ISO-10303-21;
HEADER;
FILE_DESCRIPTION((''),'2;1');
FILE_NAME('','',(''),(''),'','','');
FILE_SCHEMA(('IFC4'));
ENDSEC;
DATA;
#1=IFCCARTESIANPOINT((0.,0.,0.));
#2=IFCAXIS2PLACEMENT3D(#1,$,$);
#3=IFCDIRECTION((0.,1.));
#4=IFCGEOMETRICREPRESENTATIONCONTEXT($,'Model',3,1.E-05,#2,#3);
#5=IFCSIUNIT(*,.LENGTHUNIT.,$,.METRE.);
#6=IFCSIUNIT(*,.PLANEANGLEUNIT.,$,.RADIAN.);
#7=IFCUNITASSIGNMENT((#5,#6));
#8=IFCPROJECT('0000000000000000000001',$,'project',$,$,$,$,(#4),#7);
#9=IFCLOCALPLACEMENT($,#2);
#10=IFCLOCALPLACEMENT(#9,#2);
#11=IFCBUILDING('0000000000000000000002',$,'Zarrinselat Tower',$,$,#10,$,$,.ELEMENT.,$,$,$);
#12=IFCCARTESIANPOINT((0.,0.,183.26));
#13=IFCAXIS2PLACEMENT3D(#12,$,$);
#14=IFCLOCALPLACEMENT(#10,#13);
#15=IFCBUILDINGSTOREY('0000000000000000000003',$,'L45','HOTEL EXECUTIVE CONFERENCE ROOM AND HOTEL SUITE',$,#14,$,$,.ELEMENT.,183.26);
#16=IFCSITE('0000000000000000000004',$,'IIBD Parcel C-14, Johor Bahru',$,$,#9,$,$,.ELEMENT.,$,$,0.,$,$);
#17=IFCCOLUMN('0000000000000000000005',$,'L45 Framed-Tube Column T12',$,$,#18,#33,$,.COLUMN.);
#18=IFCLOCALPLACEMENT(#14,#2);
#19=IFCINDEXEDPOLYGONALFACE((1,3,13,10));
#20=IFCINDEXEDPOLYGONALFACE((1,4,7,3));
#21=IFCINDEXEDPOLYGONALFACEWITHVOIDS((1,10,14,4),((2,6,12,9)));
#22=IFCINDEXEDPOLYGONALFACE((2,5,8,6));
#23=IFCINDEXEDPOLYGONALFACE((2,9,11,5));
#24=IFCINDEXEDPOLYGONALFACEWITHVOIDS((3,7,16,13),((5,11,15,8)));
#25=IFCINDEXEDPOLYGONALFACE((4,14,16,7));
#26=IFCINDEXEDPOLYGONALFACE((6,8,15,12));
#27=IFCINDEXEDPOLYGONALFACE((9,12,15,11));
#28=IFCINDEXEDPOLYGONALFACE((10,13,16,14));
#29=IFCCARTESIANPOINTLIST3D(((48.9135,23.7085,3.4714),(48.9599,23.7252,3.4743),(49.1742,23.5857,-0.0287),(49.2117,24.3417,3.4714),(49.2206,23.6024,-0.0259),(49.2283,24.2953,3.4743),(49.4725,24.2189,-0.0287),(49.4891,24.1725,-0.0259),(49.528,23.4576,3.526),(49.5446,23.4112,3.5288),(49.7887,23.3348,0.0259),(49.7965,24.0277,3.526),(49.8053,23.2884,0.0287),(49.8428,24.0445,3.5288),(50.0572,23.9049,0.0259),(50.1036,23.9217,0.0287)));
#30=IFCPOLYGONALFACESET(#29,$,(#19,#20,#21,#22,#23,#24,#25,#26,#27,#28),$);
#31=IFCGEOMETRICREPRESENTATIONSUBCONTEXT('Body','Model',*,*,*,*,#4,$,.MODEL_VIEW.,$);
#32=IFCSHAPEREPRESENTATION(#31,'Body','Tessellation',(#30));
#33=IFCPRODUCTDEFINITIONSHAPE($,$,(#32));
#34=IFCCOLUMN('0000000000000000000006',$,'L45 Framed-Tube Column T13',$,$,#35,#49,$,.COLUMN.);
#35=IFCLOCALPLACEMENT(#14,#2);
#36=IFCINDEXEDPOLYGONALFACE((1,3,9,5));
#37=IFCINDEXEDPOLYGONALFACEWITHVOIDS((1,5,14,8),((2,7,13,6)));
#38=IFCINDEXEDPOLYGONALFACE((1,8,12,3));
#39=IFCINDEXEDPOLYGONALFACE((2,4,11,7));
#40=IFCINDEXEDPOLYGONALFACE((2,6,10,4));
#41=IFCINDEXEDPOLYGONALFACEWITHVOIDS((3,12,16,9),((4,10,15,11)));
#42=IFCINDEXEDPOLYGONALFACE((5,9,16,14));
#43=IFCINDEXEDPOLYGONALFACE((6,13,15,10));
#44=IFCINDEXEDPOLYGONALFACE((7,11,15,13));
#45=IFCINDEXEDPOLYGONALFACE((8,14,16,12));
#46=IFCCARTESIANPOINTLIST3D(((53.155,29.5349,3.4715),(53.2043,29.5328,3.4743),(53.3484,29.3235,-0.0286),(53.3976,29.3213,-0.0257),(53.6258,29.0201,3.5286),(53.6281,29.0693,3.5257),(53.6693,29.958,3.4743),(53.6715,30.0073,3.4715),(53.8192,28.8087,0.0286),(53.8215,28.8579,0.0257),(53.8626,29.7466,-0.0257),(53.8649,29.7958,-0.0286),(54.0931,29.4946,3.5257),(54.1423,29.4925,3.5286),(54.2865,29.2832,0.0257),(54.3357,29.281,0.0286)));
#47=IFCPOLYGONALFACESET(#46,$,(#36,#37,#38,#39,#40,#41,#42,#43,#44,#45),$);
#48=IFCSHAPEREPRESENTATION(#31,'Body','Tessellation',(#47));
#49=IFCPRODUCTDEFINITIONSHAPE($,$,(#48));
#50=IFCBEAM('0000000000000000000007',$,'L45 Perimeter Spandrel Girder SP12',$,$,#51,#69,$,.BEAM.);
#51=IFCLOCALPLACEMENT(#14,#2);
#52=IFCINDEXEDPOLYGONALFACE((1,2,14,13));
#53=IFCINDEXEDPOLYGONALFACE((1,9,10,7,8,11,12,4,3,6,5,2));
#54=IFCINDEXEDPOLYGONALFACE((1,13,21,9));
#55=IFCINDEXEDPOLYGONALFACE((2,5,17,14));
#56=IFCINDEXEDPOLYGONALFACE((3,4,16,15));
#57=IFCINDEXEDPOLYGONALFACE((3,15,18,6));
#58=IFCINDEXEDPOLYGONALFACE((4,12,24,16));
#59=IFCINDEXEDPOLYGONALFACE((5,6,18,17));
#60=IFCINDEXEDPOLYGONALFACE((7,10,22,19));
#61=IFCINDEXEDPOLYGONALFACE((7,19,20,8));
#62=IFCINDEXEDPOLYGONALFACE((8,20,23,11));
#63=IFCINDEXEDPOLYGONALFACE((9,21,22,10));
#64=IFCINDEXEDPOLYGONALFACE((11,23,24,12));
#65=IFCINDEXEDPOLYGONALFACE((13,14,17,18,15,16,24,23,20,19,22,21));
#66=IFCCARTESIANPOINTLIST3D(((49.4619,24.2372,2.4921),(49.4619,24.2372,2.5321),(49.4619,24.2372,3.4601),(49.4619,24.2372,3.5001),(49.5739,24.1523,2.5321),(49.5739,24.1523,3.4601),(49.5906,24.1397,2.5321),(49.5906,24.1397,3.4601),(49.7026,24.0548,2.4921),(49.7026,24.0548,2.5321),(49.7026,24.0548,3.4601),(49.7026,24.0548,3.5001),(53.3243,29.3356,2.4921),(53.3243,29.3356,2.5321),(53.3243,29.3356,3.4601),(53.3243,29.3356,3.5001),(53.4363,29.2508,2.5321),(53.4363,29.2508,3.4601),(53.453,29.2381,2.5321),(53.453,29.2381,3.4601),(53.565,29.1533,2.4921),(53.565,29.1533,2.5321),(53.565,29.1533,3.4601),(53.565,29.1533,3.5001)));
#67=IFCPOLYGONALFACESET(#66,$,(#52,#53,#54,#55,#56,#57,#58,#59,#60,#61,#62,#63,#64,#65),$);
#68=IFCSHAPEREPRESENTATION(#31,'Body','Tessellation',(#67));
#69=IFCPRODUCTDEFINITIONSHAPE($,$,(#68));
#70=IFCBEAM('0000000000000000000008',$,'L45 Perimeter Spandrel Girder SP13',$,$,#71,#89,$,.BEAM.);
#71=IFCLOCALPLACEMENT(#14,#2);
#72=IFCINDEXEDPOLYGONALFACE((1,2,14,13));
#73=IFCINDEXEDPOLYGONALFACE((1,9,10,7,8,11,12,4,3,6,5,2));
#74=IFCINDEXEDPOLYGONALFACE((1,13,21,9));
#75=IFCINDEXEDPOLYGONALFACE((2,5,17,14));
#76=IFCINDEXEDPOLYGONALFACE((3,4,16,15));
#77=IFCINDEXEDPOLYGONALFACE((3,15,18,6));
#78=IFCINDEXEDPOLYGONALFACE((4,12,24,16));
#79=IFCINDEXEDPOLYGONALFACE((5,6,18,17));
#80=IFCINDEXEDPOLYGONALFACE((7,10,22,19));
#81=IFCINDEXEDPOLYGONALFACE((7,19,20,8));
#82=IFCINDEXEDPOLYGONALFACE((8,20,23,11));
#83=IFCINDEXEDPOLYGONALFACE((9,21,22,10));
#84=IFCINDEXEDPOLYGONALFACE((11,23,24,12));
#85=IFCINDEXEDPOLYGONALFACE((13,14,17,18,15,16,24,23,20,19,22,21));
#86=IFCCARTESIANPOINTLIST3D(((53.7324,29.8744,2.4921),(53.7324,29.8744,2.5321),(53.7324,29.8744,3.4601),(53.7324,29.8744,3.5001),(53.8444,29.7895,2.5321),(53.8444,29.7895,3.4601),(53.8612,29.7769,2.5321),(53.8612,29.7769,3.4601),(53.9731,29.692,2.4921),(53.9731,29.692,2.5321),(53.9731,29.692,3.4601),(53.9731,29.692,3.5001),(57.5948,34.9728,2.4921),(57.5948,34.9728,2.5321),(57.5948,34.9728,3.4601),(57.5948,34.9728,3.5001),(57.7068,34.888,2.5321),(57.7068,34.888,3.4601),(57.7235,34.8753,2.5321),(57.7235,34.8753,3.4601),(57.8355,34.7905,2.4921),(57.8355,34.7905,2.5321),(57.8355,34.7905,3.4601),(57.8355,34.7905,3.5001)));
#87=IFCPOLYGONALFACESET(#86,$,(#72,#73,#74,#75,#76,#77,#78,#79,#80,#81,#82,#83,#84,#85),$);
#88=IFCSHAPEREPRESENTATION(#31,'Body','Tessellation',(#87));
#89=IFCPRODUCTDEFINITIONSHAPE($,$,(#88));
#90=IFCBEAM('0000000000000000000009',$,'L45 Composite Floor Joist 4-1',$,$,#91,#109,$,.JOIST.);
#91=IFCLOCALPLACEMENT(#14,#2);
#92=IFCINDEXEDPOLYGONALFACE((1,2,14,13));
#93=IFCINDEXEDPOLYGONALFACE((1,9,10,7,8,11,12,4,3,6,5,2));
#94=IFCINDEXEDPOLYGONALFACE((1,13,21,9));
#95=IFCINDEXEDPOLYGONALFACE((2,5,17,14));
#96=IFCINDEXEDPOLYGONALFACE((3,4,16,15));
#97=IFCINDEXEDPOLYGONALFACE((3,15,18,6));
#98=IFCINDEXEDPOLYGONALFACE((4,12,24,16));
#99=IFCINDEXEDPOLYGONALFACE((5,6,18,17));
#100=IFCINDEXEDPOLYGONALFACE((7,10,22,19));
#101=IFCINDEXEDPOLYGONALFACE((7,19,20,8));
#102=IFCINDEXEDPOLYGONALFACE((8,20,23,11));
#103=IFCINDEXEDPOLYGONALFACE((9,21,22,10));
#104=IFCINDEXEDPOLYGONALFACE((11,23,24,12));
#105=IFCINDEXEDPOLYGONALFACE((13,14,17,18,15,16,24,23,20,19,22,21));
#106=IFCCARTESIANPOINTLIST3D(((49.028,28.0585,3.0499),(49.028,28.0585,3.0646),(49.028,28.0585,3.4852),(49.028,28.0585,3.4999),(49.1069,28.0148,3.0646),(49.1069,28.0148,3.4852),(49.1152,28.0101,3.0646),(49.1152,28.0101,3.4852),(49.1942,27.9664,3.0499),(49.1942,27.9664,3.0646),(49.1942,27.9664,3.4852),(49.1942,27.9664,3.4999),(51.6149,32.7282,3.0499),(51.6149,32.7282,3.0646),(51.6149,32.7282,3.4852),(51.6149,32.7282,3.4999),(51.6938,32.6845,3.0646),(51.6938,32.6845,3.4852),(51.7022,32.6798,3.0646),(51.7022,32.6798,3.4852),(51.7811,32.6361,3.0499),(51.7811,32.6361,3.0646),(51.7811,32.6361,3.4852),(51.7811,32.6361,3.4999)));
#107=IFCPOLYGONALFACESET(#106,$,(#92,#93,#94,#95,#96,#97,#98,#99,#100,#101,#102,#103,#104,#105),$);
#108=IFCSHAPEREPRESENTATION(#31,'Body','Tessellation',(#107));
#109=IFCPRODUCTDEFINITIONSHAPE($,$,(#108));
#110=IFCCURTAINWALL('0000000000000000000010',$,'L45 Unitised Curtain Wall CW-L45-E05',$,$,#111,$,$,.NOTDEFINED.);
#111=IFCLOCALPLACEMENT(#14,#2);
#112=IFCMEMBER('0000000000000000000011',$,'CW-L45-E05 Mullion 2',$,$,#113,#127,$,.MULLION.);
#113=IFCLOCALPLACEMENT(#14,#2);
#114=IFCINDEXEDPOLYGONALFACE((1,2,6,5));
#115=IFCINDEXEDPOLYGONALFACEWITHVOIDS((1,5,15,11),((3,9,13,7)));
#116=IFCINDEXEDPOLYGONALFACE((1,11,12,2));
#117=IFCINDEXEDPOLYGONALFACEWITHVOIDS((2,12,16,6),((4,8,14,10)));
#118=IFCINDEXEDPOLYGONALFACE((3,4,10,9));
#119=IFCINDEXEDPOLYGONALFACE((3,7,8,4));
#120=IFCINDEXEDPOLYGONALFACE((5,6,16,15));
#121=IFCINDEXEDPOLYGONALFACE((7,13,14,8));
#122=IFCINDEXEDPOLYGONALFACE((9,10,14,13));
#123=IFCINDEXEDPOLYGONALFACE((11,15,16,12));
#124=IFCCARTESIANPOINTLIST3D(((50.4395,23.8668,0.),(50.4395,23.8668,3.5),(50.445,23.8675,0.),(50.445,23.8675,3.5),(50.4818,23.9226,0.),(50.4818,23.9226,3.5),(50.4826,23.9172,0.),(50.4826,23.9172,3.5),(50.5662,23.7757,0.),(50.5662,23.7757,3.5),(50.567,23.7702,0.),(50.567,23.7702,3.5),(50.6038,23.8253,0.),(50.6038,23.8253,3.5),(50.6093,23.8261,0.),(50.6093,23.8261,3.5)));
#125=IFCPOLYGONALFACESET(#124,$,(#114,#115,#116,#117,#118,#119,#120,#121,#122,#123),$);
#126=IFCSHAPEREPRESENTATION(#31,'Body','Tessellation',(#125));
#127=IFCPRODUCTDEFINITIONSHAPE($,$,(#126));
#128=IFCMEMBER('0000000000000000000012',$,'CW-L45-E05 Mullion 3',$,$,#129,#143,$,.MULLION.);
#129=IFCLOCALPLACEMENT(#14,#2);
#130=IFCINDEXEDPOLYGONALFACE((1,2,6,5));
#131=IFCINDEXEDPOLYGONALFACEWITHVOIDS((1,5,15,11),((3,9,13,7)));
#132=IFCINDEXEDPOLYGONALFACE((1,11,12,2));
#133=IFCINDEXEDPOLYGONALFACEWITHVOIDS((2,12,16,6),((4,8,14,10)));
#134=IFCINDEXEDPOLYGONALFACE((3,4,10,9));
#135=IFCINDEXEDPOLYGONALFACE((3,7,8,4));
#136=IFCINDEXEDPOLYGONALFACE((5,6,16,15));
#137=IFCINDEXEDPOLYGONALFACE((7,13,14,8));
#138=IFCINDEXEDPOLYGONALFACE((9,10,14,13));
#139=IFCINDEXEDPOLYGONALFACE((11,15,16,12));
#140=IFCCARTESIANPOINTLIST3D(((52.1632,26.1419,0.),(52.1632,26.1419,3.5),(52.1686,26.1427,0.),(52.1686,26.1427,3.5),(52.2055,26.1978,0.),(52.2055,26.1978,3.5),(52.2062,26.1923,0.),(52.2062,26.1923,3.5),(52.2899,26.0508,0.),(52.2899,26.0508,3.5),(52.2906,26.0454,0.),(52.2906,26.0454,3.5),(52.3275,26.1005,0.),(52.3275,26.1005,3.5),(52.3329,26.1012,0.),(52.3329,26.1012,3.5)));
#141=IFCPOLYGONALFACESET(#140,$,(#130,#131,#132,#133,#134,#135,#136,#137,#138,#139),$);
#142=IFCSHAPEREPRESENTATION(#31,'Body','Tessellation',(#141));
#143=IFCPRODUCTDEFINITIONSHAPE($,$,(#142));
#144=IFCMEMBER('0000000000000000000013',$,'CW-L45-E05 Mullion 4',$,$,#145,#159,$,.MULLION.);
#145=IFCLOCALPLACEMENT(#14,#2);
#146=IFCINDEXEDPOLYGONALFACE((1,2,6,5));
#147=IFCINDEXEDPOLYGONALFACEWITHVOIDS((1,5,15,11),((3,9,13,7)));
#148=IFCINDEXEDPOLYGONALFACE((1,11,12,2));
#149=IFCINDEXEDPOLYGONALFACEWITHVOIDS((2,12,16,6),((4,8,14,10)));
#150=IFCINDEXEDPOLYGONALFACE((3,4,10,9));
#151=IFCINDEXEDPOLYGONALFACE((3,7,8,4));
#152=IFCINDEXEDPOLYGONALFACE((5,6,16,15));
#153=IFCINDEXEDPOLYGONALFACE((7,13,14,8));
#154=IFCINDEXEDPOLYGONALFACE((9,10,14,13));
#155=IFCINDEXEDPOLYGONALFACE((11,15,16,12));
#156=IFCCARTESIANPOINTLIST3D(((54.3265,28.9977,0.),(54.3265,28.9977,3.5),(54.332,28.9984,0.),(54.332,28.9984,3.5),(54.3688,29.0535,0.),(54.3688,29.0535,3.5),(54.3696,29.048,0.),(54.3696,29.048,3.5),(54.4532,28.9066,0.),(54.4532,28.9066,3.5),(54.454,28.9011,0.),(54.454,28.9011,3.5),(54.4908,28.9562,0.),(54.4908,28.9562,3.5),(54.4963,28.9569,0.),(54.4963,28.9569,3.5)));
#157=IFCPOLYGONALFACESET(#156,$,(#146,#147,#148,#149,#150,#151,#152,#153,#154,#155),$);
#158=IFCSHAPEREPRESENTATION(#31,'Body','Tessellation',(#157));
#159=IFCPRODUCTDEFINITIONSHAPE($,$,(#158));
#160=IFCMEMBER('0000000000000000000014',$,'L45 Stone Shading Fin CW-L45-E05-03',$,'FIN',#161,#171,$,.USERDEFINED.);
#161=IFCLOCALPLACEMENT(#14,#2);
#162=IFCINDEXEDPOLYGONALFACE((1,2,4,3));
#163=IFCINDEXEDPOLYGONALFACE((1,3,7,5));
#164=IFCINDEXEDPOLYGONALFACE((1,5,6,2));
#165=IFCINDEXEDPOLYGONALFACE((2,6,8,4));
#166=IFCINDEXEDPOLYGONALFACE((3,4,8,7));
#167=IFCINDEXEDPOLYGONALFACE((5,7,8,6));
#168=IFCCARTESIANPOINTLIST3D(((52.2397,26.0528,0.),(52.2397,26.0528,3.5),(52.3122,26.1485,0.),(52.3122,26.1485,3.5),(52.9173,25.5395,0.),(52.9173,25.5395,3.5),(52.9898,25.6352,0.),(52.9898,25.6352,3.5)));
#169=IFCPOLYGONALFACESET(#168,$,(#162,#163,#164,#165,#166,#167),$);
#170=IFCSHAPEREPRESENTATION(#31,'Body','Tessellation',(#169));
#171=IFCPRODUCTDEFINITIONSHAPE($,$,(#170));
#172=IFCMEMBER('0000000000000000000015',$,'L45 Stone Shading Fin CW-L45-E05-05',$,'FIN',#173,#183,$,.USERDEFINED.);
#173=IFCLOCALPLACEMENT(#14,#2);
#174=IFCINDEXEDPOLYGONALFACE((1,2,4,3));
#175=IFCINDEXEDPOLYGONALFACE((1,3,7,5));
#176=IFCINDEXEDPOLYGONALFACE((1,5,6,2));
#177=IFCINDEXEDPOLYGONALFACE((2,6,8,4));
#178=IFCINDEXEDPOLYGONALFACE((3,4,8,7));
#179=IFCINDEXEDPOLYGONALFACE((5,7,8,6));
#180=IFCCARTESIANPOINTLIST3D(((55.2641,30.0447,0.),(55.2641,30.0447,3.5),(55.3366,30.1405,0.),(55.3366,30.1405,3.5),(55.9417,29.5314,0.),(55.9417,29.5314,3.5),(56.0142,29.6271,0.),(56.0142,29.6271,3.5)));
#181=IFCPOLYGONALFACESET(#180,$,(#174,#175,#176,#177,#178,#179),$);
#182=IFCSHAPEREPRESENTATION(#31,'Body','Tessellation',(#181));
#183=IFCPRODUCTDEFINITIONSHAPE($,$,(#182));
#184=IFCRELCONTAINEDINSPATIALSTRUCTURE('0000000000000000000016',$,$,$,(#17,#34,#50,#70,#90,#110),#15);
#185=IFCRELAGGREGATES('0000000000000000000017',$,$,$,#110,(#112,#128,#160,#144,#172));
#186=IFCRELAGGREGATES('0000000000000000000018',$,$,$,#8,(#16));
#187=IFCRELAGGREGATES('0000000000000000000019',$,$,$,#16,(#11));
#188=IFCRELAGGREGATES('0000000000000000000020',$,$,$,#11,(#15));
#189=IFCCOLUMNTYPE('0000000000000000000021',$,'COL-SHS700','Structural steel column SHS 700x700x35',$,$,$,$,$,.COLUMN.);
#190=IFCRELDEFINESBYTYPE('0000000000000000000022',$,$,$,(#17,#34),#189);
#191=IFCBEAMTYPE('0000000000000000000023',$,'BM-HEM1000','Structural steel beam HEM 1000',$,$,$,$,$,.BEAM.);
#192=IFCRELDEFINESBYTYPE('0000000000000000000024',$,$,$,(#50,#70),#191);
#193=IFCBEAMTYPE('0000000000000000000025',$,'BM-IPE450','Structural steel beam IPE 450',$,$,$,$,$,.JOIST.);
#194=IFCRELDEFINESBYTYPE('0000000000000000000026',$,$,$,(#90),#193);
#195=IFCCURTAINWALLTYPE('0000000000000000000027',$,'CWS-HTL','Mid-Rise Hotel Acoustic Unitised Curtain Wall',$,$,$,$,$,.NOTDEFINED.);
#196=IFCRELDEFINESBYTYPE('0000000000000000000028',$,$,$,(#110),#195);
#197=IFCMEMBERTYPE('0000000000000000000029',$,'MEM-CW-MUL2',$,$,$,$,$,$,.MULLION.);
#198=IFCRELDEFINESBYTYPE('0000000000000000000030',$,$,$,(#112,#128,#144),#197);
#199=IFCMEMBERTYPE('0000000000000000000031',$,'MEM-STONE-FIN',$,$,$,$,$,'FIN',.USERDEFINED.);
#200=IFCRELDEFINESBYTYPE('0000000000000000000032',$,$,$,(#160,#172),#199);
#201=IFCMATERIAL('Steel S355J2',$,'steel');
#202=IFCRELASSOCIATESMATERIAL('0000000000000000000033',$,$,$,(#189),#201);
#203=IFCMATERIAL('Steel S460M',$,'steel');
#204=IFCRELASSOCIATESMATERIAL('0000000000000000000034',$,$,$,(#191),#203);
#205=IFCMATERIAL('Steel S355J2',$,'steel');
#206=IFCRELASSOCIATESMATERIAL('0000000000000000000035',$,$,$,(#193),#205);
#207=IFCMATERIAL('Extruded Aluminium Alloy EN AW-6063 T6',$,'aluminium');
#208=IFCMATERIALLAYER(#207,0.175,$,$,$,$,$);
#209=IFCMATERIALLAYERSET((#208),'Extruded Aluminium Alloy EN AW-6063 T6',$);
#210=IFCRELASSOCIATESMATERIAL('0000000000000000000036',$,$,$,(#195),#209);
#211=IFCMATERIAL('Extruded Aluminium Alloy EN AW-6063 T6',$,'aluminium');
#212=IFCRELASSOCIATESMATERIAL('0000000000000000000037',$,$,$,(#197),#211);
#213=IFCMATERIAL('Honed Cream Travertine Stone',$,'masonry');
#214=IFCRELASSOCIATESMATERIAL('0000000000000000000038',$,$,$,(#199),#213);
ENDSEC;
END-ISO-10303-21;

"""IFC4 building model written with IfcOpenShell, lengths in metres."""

from ifc_helpers import new_model, si_unit, direction, frame, origin, origin_2d, place, context, subcontext, project, spatial, rectangle, hollow_rectangle, i_section, extrude, material, layer, layer_set, material_profile, profile_set, type_object, element, aggregate, save


model = new_model("IFC4")

# Units and contexts
model_context = context("Model", 3, precision=1e-05, world=origin(), true_north=direction((0.0, 1.0)))
body_context = subcontext(model_context, "Body", "Model", "MODEL_VIEW")
ifc_project = project(units=[si_unit("LENGTHUNIT", "METRE"), si_unit("PLANEANGLEUNIT", "RADIAN")], contexts=[model_context])

# Site, building, storey
site_placement = place(None, origin())
site = spatial("IfcSite", under=ifc_project, at=site_placement, Name="IIBD Parcel C-14, Johor Bahru", CompositionType="ELEMENT", RefElevation=0.0)
building_placement = place(site_placement, origin())
building = spatial("IfcBuilding", under=site, at=building_placement, Name="Zarrinselat Tower", CompositionType="ELEMENT")
storey_placement = place(building_placement, frame((0.0, 0.0, 183.26)))
storey = spatial("IfcBuildingStorey", under=building, at=storey_placement, Name="L45", Description="HOTEL EXECUTIVE CONFERENCE ROOM AND HOTEL SUITE", CompositionType="ELEMENT", Elevation=183.26)

# Columns
ifc_material_1 = material(Name="Steel S355J2", Category="steel")
ifc_material_profile_1 = material_profile(ifc_material_1, hollow_rectangle(XDim=0.7, YDim=0.7, WallThickness=0.0349, at=origin_2d()), Name="SHS 700x700x35")
ifc_profile_set_1 = profile_set([ifc_material_profile_1], Name="Steel S355J2")
column_type = type_object("IfcColumnType", Name="COL-SHS700", Description="Structural steel column SHS 700x700x35", PredefinedType="COLUMN", material=ifc_profile_set_1)
column_1_placement = place(storey_placement, frame((49.6389, 23.7537, 0.0), z_axis=(-0.074246, 0.034968, 0.996627), x_axis=(-0.426083, -0.904684, 0.0)))
element("IfcColumn", 1, at=column_1_placement, inside=storey, type_object=column_type, Name="L45 Framed-Tube Column T12", PredefinedType="COLUMN", context=body_context, shape_type="SweptSolid", body=[
    extrude(hollow_rectangle(XDim=0.7, YDim=0.7, WallThickness=0.0349, at=origin_2d()), origin(), (0.0, 0.0, 1.0), 3.512),
])
column_2_placement = place(storey_placement, frame((53.842, 29.3022, 0.0), z_axis=(-0.055061, 0.060206, 0.996666), x_axis=(-0.737932, -0.674875, 0.0)))
element("IfcColumn", 2, at=column_2_placement, inside=storey, type_object=column_type, Name="L45 Framed-Tube Column T13", PredefinedType="COLUMN", context=body_context, shape_type="SweptSolid", body=[
    extrude(hollow_rectangle(XDim=0.7, YDim=0.7, WallThickness=0.0349, at=origin_2d()), origin(), (0.0, 0.0, 1.0), 3.5117),
])

# Beams
ifc_material_2 = material(Name="Steel S460M", Category="steel")
ifc_material_profile_2 = material_profile(ifc_material_2, i_section(OverallWidth=0.302, OverallDepth=1.0081, WebThickness=0.021, FlangeThickness=0.04, at=origin_2d()), Name="HEM 1000")
ifc_profile_set_2 = profile_set([ifc_material_profile_2], Name="Steel S460M")
beam_type_1 = type_object("IfcBeamType", Name="BM-HEM1000", Description="Structural steel beam HEM 1000", PredefinedType="BEAM", material=ifc_profile_set_2)
for number, where, z_axis, x_axis, name in (
    (3, (49.5823, 24.146, 2.9961), (0.603847, 0.7971, 0.0), (-0.7971, 0.603847, 0.0), "L45 Perimeter Spandrel Girder SP12"),
    (4, (53.8528, 29.7832, 2.9961), (0.603847, 0.7971, 0.0), (-0.7971, 0.603847, 0.0), "L45 Perimeter Spandrel Girder SP13"),
):
    element("IfcBeam", number, at=place(storey_placement, frame(where, z_axis=z_axis, x_axis=x_axis)), inside=storey, type_object=beam_type_1, Name=name, PredefinedType="BEAM", context=body_context, shape_type="SweptSolid", body=[
        extrude(i_section(OverallWidth=0.302, OverallDepth=1.0081, WebThickness=0.021, FlangeThickness=0.04, at=origin_2d()), origin(), (0.0, 0.0, 1.0), 6.3962),
    ])
ifc_material_3 = material(Name="Steel S355J2", Category="steel")
ifc_material_profile_3 = material_profile(ifc_material_3, i_section(OverallWidth=0.1899, OverallDepth=0.45, WebThickness=0.0095, FlangeThickness=0.0146, at=origin_2d()), Name="IPE 450")
ifc_profile_set_3 = profile_set([ifc_material_profile_3], Name="Steel S355J2")
beam_type_2 = type_object("IfcBeamType", Name="BM-IPE450", Description="Structural steel beam IPE 450", PredefinedType="JOIST", material=ifc_profile_set_3)
beam_placement = place(storey_placement, frame((49.1111, 28.0125, 3.2749), z_axis=(0.48459, 0.874741, 0.0), x_axis=(-0.874741, 0.48459, 0.0)))
element("IfcBeam", 5, at=beam_placement, inside=storey, type_object=beam_type_2, Name="L45 Composite Floor Joist 4-1", PredefinedType="JOIST", context=body_context, shape_type="SweptSolid", body=[
    extrude(i_section(OverallWidth=0.1899, OverallDepth=0.45, WebThickness=0.0095, FlangeThickness=0.0146, at=origin_2d()), origin(), (0.0, 0.0, 1.0), 5.3384),
])

# Curtain wall, members
ifc_material_4 = material(Name="Extruded Aluminium Alloy EN AW-6063 T6", Category="aluminium")
ifc_layer_1 = layer(ifc_material_4, 0.175)
ifc_layer_set_1 = layer_set([ifc_layer_1], Name="Extruded Aluminium Alloy EN AW-6063 T6")
curtain_wall_type = type_object("IfcCurtainWallType", Name="CWS-HTL", Description="Mid-Rise Hotel Acoustic Unitised Curtain Wall", PredefinedType="NOTDEFINED", material=ifc_layer_set_1)
curtain_wall_placement = place(storey_placement, origin())
curtain_wall = element("IfcCurtainWall", 6, at=curtain_wall_placement, inside=storey, type_object=curtain_wall_type, Name="L45 Unitised Curtain Wall CW-L45-E05", PredefinedType="NOTDEFINED")
ifc_material_5 = material(Name="Extruded Aluminium Alloy EN AW-6063 T6", Category="aluminium")
ifc_material_profile_4 = material_profile(ifc_material_5, hollow_rectangle(XDim=0.0701, YDim=0.1599, WallThickness=0.0039, at=origin_2d()), Name="RHS 160x70x4")
ifc_profile_set_4 = profile_set([ifc_material_profile_4], Name="Extruded Aluminium Alloy EN AW-6063 T6")
member_type_1 = type_object("IfcMemberType", Name="MEM-CW-MUL2", PredefinedType="MULLION", material=ifc_profile_set_4)
member_1_placement = place(storey_placement, frame((50.5244, 23.8464, 0.0), z_axis=(0.0, 0.0, 1.0), x_axis=(0.603859, 0.797091, 0.0)))
member_1 = element("IfcMember", 7, at=member_1_placement, type_object=member_type_1, Name="CW-L45-E05 Mullion 2", PredefinedType="MULLION", context=body_context, shape_type="SweptSolid", body=[
    extrude(hollow_rectangle(XDim=0.0701, YDim=0.1599, WallThickness=0.0039, at=origin_2d()), origin(), (0.0, 0.0, 1.0), 3.5),
])
member_2_placement = place(storey_placement, frame((52.248, 26.1216, 0.0), z_axis=(0.0, 0.0, 1.0), x_axis=(0.603859, 0.797091, 0.0)))
member_2 = element("IfcMember", 8, at=member_2_placement, type_object=member_type_1, Name="CW-L45-E05 Mullion 3", PredefinedType="MULLION", context=body_context, shape_type="SweptSolid", body=[
    extrude(hollow_rectangle(XDim=0.0701, YDim=0.1599, WallThickness=0.0039, at=origin_2d()), origin(), (0.0, 0.0, 1.0), 3.5),
])
member_3_placement = place(storey_placement, frame((54.4114, 28.9773, 0.0), z_axis=(0.0, 0.0, 1.0), x_axis=(0.603859, 0.797091, 0.0)))
member_3 = element("IfcMember", 9, at=member_3_placement, type_object=member_type_1, Name="CW-L45-E05 Mullion 4", PredefinedType="MULLION", context=body_context, shape_type="SweptSolid", body=[
    extrude(hollow_rectangle(XDim=0.0701, YDim=0.1599, WallThickness=0.0039, at=origin_2d()), origin(), (0.0, 0.0, 1.0), 3.5),
])
ifc_material_6 = material(Name="Honed Cream Travertine Stone", Category="masonry")
ifc_material_profile_5 = material_profile(ifc_material_6, rectangle(XDim=0.1201, YDim=0.8501, at=origin_2d()), Name="FIN 850x120")
ifc_profile_set_5 = profile_set([ifc_material_profile_5], Name="Honed Cream Travertine Stone")
member_type_2 = type_object("IfcMemberType", Name="MEM-STONE-FIN", ElementType="FIN", PredefinedType="USERDEFINED", material=ifc_profile_set_5)
member_4_placement = place(storey_placement, frame((52.6147, 25.844, 0.0), z_axis=(0.0, 0.0, 1.0), x_axis=(-0.603859, -0.797091, 0.0)))
member_4 = element("IfcMember", 10, at=member_4_placement, type_object=member_type_2, Name="L45 Stone Shading Fin CW-L45-E05-03", ObjectType="FIN", PredefinedType="USERDEFINED", context=body_context, shape_type="SweptSolid", body=[
    extrude(rectangle(XDim=0.1201, YDim=0.8501, at=origin_2d()), origin(), (0.0, 0.0, 1.0), 3.5),
])
member_5_placement = place(storey_placement, frame((55.6392, 29.8359, 0.0), z_axis=(0.0, 0.0, 1.0), x_axis=(-0.603859, -0.797091, 0.0)))
member_5 = element("IfcMember", 11, at=member_5_placement, type_object=member_type_2, Name="L45 Stone Shading Fin CW-L45-E05-05", ObjectType="FIN", PredefinedType="USERDEFINED", context=body_context, shape_type="SweptSolid", body=[
    extrude(rectangle(XDim=0.1201, YDim=0.8501, at=origin_2d()), origin(), (0.0, 0.0, 1.0), 3.5),
])
aggregate(curtain_wall, [member_1, member_2, member_4, member_3, member_5])

save(model, "model.ifc")
